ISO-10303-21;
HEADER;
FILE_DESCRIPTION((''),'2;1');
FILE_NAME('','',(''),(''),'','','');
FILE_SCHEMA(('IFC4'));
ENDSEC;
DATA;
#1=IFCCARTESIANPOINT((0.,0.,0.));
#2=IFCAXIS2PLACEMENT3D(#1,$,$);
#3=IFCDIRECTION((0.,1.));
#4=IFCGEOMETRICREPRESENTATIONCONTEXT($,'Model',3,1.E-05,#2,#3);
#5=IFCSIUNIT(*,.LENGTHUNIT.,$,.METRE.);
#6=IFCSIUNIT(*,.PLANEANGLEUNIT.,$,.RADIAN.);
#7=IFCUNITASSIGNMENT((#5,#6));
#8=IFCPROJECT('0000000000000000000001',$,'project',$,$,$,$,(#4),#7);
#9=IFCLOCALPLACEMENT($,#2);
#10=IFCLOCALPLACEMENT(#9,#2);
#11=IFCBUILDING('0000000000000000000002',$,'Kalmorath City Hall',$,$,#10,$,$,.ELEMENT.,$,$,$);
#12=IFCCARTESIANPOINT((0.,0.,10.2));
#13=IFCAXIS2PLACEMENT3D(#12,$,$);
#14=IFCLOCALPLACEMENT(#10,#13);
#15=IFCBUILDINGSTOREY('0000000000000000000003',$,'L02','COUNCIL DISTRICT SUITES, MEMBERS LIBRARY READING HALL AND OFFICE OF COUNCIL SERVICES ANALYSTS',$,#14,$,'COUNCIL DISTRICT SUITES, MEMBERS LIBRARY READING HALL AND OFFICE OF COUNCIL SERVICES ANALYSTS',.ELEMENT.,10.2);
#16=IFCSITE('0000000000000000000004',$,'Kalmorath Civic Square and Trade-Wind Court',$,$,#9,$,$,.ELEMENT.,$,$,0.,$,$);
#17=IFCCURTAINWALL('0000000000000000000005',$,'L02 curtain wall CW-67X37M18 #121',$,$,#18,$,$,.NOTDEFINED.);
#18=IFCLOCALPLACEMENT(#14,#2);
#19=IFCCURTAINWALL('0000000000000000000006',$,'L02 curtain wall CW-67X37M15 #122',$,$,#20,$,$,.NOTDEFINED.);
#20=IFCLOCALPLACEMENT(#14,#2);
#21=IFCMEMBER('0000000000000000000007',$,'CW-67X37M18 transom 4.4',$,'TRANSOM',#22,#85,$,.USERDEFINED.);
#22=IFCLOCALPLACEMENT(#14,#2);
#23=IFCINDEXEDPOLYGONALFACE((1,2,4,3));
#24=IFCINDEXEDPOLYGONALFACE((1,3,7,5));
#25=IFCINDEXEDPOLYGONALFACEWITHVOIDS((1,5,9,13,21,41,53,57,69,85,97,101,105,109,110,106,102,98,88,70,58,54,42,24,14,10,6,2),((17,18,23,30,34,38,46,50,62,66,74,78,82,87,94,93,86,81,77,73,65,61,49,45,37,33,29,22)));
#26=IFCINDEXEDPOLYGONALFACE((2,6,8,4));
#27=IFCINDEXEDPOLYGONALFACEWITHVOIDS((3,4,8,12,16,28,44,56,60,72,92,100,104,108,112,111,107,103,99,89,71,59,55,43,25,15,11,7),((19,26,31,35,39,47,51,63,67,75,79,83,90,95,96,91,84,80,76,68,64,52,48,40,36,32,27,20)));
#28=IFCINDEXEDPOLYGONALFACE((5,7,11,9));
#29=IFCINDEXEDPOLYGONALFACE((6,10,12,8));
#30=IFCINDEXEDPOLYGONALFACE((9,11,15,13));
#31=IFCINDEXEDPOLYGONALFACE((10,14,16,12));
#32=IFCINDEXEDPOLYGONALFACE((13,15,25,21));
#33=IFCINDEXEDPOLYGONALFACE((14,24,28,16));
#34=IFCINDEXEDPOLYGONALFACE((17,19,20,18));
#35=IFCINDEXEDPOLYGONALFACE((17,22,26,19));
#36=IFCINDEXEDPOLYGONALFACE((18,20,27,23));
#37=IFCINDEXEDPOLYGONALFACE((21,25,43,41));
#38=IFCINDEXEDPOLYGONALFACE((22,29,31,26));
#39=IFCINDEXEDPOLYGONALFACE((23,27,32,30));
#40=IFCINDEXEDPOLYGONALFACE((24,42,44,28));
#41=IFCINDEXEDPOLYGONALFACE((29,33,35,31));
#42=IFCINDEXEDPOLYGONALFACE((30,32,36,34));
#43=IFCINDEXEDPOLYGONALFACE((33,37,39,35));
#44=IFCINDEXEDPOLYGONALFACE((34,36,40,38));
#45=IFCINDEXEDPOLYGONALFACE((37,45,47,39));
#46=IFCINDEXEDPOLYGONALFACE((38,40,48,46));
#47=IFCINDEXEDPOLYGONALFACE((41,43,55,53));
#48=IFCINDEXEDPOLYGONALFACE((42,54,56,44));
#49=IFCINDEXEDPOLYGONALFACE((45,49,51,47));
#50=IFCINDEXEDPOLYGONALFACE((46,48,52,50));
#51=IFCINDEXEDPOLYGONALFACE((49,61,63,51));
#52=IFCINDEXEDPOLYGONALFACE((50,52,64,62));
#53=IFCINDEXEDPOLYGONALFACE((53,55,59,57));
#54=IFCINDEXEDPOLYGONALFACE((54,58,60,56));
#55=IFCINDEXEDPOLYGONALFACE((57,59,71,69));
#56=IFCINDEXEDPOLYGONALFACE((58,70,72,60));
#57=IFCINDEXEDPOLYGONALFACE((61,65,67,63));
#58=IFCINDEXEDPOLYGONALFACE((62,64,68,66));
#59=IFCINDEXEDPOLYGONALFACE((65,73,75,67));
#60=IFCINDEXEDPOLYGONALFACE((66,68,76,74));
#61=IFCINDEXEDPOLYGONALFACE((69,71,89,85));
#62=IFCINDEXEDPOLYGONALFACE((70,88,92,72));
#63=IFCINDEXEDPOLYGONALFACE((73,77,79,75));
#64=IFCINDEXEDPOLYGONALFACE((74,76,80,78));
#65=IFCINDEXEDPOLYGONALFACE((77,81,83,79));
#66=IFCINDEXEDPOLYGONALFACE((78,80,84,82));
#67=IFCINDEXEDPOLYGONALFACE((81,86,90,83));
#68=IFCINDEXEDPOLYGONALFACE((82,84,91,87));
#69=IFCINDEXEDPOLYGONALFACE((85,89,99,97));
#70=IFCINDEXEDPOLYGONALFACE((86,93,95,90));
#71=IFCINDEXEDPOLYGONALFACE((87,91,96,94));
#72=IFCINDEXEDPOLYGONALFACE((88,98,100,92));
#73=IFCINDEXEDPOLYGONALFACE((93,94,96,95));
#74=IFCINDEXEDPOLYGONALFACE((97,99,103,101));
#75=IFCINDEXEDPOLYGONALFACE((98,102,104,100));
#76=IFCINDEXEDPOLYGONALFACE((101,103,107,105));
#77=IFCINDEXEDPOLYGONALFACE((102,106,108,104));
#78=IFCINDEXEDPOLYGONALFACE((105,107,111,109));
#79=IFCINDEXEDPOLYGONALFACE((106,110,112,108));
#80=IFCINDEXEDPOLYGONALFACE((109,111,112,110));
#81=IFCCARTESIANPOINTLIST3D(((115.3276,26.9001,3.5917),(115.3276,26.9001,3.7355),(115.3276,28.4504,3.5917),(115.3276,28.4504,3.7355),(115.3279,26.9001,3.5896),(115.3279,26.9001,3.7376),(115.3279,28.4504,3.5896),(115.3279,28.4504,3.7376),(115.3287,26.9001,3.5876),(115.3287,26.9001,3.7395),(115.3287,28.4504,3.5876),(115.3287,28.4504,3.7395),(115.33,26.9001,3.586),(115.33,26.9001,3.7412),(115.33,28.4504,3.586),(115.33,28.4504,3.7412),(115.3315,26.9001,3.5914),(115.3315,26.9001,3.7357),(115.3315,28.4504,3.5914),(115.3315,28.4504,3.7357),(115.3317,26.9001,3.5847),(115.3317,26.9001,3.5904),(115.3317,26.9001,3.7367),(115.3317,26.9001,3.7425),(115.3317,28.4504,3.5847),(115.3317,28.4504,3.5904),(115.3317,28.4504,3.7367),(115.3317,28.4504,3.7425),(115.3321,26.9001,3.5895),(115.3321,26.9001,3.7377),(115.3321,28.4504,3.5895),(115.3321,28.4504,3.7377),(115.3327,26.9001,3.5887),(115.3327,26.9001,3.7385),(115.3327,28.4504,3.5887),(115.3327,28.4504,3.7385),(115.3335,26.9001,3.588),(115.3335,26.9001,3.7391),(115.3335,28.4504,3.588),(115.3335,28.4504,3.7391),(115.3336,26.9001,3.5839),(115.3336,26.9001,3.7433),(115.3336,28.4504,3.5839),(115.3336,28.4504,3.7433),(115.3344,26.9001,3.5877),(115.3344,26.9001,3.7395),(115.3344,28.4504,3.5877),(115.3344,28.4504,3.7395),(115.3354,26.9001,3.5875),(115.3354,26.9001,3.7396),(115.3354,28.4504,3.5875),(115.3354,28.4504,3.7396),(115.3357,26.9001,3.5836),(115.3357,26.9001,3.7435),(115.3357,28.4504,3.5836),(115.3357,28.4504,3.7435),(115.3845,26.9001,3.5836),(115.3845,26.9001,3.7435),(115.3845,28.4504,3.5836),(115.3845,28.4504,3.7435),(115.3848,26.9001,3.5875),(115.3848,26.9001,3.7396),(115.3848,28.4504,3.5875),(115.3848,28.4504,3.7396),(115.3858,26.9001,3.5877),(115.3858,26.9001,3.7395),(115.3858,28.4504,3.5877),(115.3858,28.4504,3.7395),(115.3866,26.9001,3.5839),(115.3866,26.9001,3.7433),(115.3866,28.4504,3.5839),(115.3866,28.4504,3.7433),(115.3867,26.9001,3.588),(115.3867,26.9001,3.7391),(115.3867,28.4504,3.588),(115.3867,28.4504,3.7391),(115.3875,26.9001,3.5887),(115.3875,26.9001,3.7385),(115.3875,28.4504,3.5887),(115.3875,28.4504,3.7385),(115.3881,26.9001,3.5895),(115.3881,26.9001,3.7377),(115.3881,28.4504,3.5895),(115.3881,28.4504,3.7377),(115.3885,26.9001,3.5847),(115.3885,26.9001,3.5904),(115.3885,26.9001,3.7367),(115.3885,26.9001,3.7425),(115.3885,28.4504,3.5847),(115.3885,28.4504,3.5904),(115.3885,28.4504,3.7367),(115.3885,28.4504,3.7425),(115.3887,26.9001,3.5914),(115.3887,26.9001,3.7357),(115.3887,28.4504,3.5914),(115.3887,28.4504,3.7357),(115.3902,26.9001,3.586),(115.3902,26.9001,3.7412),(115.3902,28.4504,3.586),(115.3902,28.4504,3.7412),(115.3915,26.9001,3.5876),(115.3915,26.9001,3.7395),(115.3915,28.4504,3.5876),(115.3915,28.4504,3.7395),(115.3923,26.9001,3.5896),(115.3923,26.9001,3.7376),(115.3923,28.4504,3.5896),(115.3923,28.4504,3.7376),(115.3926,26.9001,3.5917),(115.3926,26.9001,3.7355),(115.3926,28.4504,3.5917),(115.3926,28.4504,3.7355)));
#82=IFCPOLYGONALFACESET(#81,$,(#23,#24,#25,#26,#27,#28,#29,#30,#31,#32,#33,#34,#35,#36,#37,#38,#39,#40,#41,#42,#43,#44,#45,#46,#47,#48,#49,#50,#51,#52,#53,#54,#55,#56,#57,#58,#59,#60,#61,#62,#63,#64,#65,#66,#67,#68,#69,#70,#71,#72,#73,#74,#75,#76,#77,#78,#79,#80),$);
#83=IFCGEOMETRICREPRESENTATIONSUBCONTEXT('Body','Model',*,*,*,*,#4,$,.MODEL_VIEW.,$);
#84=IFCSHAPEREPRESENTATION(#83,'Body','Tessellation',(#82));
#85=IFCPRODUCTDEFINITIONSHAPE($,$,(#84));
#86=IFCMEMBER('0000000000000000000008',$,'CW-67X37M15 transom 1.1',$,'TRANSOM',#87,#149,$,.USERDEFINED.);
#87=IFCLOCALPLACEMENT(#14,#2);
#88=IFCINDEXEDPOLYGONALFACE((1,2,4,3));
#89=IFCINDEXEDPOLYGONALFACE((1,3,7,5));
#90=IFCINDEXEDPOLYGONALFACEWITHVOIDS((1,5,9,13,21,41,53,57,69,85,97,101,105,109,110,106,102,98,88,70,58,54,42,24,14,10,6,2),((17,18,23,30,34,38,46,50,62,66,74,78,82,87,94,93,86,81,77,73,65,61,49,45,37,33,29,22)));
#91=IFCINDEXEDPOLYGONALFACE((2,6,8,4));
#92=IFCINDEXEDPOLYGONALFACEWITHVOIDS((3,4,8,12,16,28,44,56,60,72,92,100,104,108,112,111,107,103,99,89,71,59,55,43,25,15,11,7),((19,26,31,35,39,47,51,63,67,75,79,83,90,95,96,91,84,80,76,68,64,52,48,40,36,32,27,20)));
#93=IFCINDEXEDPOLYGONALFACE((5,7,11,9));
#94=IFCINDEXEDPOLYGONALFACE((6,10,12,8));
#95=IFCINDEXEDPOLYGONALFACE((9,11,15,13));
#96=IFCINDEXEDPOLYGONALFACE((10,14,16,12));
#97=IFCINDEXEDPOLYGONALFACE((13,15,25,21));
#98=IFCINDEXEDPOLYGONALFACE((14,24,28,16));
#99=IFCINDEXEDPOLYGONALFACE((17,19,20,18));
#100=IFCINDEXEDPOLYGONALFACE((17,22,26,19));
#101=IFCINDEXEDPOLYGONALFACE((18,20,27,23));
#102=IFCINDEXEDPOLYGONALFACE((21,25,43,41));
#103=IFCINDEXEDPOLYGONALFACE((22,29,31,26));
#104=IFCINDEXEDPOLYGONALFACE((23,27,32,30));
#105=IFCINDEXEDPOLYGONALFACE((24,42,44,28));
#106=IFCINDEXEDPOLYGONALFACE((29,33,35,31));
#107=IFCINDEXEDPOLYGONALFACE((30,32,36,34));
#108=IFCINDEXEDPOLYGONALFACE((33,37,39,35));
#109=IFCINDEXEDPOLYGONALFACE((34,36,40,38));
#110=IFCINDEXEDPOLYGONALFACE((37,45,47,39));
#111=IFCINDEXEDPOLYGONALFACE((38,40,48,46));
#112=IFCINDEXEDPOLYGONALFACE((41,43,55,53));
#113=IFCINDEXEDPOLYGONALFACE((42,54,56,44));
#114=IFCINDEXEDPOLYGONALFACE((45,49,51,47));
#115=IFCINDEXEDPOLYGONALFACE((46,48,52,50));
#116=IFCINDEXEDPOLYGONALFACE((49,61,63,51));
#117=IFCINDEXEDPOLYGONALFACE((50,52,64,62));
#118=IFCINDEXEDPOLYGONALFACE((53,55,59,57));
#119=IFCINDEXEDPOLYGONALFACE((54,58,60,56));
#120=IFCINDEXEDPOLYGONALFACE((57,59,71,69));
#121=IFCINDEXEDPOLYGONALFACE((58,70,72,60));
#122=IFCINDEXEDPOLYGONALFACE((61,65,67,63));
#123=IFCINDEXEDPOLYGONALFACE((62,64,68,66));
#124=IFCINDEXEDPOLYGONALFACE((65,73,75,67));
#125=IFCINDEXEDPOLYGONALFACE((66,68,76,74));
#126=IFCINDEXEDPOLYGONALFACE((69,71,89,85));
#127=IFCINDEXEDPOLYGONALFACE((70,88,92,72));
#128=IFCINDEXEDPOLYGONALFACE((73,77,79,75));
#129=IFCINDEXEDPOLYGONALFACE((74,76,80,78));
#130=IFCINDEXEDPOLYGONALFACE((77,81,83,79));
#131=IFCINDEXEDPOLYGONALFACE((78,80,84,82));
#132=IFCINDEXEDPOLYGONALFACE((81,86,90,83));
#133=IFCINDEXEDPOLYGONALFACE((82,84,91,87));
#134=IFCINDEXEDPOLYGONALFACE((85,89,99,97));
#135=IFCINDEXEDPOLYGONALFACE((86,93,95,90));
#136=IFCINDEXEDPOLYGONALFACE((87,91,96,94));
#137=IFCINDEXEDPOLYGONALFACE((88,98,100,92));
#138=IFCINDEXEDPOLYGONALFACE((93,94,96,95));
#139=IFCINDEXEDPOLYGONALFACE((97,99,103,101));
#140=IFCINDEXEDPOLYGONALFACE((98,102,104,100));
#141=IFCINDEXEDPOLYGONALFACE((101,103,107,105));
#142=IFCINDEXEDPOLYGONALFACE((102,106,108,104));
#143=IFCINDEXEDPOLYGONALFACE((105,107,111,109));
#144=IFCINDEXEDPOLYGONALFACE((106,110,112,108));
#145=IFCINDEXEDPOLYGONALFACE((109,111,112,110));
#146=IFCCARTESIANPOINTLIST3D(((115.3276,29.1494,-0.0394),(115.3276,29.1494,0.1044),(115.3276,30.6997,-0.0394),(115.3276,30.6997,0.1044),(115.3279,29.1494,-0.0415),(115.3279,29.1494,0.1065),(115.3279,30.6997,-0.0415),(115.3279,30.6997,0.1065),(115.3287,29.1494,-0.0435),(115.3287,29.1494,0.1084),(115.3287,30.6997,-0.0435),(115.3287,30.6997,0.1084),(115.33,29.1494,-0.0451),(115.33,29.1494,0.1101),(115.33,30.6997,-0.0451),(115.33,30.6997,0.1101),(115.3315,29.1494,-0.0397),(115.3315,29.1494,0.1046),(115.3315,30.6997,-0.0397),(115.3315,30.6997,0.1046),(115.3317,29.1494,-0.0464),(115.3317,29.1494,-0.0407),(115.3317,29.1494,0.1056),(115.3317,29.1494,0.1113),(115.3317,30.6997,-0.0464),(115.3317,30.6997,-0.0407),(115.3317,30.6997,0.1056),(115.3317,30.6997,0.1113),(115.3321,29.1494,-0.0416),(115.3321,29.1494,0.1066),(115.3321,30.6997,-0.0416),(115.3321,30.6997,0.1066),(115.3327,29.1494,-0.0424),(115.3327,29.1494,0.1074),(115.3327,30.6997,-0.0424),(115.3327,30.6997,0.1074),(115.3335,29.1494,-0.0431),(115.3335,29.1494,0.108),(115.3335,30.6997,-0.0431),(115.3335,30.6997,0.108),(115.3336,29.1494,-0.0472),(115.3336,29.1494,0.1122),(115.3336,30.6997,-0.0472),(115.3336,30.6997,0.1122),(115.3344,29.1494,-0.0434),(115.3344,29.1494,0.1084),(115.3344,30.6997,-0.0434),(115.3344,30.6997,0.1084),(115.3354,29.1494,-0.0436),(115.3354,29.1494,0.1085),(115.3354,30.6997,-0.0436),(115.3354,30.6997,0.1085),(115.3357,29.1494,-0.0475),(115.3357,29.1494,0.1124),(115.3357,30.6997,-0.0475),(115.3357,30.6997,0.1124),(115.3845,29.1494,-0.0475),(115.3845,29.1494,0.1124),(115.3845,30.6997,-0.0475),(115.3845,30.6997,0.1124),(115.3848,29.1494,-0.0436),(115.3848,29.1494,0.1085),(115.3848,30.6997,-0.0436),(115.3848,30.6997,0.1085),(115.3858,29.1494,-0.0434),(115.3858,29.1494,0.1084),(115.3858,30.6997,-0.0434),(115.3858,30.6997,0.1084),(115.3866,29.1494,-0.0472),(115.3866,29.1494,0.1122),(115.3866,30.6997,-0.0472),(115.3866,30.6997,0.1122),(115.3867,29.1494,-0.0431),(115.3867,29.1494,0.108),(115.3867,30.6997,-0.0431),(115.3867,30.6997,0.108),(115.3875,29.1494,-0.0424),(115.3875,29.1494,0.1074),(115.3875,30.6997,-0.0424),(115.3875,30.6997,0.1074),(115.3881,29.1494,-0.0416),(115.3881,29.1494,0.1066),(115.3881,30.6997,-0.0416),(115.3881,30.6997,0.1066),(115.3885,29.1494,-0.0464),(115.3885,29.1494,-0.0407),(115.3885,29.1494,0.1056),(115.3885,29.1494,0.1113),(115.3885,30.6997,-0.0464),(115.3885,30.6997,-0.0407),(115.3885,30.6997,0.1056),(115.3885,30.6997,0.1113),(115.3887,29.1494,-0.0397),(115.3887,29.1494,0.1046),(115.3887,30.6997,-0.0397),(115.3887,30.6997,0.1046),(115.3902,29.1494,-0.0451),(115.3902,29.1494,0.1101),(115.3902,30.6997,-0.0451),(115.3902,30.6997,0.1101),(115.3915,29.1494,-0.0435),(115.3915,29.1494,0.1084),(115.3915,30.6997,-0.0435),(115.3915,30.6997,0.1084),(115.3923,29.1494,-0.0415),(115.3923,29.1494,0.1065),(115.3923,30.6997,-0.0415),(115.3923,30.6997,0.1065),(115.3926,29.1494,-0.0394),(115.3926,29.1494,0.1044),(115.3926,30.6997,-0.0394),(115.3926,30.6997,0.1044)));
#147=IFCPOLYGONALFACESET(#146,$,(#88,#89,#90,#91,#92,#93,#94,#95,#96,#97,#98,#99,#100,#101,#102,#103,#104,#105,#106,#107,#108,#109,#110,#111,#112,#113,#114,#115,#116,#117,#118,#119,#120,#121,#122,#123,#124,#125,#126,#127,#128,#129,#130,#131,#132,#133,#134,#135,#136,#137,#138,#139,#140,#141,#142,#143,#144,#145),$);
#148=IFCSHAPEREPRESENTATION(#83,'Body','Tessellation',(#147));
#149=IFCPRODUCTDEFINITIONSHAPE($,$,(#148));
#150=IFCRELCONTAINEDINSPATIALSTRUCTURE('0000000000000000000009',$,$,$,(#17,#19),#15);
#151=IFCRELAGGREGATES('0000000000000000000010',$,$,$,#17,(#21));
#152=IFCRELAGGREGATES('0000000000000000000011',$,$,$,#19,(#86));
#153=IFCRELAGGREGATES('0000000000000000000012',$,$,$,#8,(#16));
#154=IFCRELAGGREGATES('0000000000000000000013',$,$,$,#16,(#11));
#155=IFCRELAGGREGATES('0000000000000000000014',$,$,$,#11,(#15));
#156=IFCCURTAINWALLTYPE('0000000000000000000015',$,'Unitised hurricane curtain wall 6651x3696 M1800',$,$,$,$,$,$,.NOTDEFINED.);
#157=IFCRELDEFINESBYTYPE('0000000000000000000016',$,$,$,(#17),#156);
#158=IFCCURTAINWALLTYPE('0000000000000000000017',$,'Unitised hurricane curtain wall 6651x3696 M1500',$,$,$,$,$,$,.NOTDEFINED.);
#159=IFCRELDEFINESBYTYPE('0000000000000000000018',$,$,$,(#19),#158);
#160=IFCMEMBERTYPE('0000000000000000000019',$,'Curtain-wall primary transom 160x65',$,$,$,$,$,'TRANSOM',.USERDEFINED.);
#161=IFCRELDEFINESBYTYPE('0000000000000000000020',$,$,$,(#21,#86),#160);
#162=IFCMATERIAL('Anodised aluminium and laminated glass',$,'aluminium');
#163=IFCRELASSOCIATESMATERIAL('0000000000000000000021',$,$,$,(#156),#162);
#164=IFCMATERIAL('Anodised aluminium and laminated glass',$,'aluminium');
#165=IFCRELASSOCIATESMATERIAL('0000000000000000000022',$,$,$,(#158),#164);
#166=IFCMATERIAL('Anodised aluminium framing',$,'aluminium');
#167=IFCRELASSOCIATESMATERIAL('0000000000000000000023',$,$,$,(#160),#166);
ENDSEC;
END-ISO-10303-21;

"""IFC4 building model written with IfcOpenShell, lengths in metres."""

from ifc_helpers import new_model, si_unit, direction, frame, origin, origin_2d, place, context, subcontext, project, spatial, hollow_rectangle, extrude, material, material_profile, profile_set, type_object, element, aggregate, save


model = new_model("IFC4")

# Units and contexts
model_context = context("Model", 3, precision=1e-05, world=origin(), true_north=direction((0.0, 1.0)))
body_context = subcontext(model_context, "Body", "Model", "MODEL_VIEW")
ifc_project = project(units=[si_unit("LENGTHUNIT", "METRE"), si_unit("PLANEANGLEUNIT", "RADIAN")], contexts=[model_context])

# Site, building, storey
site_placement = place(None, origin())
site = spatial("IfcSite", under=ifc_project, at=site_placement, Name="Kalmorath Civic Square and Trade-Wind Court", CompositionType="ELEMENT", RefElevation=0.0)
building_placement = place(site_placement, origin())
building = spatial("IfcBuilding", under=site, at=building_placement, Name="Kalmorath City Hall", CompositionType="ELEMENT")
storey_placement = place(building_placement, frame((0.0, 0.0, 10.2)))
storey = spatial("IfcBuildingStorey", under=building, at=storey_placement, Name="L02", Description="COUNCIL DISTRICT SUITES, MEMBERS LIBRARY READING HALL AND OFFICE OF COUNCIL SERVICES ANALYSTS", LongName="COUNCIL DISTRICT SUITES, MEMBERS LIBRARY READING HALL AND OFFICE OF COUNCIL SERVICES ANALYSTS", CompositionType="ELEMENT", Elevation=10.2)

# Curtain walls
ifc_material_1 = material(Name="Anodised aluminium and laminated glass", Category="aluminium")
curtain_wall_type_1 = type_object("IfcCurtainWallType", Name="Unitised hurricane curtain wall 6651x3696 M1800", PredefinedType="NOTDEFINED", material=ifc_material_1)
curtain_wall_1_placement = place(storey_placement, origin())
curtain_wall_1 = element("IfcCurtainWall", 1, at=curtain_wall_1_placement, inside=storey, type_object=curtain_wall_type_1, Name="L02 curtain wall CW-67X37M18 #121", PredefinedType="NOTDEFINED")
ifc_material_2 = material(Name="Anodised aluminium and laminated glass", Category="aluminium")
curtain_wall_type_2 = type_object("IfcCurtainWallType", Name="Unitised hurricane curtain wall 6651x3696 M1500", PredefinedType="NOTDEFINED", material=ifc_material_2)
curtain_wall_2_placement = place(storey_placement, origin())
curtain_wall_2 = element("IfcCurtainWall", 2, at=curtain_wall_2_placement, inside=storey, type_object=curtain_wall_type_2, Name="L02 curtain wall CW-67X37M15 #122", PredefinedType="NOTDEFINED")

# Members
ifc_material_3 = material(Name="Anodised aluminium framing", Category="aluminium")
ifc_material_profile_1 = material_profile(ifc_material_3, hollow_rectangle(XDim=0.0649, YDim=0.1599, WallThickness=0.0039, InnerFilletRadius=0.0039, OuterFilletRadius=0.0081, at=origin_2d()), Name="ALU-TRN-160X65X4")
ifc_profile_set_1 = profile_set([ifc_material_profile_1], Name="Anodised aluminium framing")
member_type_1 = type_object("IfcMemberType", Name="Curtain-wall primary transom 160x65", ElementType="TRANSOM", PredefinedType="USERDEFINED", material=ifc_profile_set_1)
member_1_placement = place(storey_placement, frame((115.3601, 26.9001, 3.6636), z_axis=(0.0, 1.0, 0.0), x_axis=(-1.0, 0.0, 0.0)))
member_1 = element("IfcMember", 3, at=member_1_placement, type_object=member_type_1, Name="CW-67X37M18 transom 4.4", ObjectType="TRANSOM", PredefinedType="USERDEFINED", context=body_context, shape_type="SweptSolid", body=[
    extrude(hollow_rectangle(XDim=0.0649, YDim=0.1599, WallThickness=0.0039, InnerFilletRadius=0.0039, OuterFilletRadius=0.0081, at=origin_2d()), origin(), (0.0, 0.0, 1.0), 1.5503),
])
member_2_placement = place(storey_placement, frame((115.3601, 29.1494, 0.0325), z_axis=(0.0, 1.0, 0.0), x_axis=(-1.0, 0.0, 0.0)))
member_2 = element("IfcMember", 4, at=member_2_placement, type_object=member_type_1, Name="CW-67X37M15 transom 1.1", ObjectType="TRANSOM", PredefinedType="USERDEFINED", context=body_context, shape_type="SweptSolid", body=[
    extrude(hollow_rectangle(XDim=0.0649, YDim=0.1599, WallThickness=0.0039, InnerFilletRadius=0.0039, OuterFilletRadius=0.0081, at=origin_2d()), origin(), (0.0, 0.0, 1.0), 1.5503),
])

aggregate(curtain_wall_1, [member_1])
aggregate(curtain_wall_2, [member_2])

save(model, "model.ifc")
